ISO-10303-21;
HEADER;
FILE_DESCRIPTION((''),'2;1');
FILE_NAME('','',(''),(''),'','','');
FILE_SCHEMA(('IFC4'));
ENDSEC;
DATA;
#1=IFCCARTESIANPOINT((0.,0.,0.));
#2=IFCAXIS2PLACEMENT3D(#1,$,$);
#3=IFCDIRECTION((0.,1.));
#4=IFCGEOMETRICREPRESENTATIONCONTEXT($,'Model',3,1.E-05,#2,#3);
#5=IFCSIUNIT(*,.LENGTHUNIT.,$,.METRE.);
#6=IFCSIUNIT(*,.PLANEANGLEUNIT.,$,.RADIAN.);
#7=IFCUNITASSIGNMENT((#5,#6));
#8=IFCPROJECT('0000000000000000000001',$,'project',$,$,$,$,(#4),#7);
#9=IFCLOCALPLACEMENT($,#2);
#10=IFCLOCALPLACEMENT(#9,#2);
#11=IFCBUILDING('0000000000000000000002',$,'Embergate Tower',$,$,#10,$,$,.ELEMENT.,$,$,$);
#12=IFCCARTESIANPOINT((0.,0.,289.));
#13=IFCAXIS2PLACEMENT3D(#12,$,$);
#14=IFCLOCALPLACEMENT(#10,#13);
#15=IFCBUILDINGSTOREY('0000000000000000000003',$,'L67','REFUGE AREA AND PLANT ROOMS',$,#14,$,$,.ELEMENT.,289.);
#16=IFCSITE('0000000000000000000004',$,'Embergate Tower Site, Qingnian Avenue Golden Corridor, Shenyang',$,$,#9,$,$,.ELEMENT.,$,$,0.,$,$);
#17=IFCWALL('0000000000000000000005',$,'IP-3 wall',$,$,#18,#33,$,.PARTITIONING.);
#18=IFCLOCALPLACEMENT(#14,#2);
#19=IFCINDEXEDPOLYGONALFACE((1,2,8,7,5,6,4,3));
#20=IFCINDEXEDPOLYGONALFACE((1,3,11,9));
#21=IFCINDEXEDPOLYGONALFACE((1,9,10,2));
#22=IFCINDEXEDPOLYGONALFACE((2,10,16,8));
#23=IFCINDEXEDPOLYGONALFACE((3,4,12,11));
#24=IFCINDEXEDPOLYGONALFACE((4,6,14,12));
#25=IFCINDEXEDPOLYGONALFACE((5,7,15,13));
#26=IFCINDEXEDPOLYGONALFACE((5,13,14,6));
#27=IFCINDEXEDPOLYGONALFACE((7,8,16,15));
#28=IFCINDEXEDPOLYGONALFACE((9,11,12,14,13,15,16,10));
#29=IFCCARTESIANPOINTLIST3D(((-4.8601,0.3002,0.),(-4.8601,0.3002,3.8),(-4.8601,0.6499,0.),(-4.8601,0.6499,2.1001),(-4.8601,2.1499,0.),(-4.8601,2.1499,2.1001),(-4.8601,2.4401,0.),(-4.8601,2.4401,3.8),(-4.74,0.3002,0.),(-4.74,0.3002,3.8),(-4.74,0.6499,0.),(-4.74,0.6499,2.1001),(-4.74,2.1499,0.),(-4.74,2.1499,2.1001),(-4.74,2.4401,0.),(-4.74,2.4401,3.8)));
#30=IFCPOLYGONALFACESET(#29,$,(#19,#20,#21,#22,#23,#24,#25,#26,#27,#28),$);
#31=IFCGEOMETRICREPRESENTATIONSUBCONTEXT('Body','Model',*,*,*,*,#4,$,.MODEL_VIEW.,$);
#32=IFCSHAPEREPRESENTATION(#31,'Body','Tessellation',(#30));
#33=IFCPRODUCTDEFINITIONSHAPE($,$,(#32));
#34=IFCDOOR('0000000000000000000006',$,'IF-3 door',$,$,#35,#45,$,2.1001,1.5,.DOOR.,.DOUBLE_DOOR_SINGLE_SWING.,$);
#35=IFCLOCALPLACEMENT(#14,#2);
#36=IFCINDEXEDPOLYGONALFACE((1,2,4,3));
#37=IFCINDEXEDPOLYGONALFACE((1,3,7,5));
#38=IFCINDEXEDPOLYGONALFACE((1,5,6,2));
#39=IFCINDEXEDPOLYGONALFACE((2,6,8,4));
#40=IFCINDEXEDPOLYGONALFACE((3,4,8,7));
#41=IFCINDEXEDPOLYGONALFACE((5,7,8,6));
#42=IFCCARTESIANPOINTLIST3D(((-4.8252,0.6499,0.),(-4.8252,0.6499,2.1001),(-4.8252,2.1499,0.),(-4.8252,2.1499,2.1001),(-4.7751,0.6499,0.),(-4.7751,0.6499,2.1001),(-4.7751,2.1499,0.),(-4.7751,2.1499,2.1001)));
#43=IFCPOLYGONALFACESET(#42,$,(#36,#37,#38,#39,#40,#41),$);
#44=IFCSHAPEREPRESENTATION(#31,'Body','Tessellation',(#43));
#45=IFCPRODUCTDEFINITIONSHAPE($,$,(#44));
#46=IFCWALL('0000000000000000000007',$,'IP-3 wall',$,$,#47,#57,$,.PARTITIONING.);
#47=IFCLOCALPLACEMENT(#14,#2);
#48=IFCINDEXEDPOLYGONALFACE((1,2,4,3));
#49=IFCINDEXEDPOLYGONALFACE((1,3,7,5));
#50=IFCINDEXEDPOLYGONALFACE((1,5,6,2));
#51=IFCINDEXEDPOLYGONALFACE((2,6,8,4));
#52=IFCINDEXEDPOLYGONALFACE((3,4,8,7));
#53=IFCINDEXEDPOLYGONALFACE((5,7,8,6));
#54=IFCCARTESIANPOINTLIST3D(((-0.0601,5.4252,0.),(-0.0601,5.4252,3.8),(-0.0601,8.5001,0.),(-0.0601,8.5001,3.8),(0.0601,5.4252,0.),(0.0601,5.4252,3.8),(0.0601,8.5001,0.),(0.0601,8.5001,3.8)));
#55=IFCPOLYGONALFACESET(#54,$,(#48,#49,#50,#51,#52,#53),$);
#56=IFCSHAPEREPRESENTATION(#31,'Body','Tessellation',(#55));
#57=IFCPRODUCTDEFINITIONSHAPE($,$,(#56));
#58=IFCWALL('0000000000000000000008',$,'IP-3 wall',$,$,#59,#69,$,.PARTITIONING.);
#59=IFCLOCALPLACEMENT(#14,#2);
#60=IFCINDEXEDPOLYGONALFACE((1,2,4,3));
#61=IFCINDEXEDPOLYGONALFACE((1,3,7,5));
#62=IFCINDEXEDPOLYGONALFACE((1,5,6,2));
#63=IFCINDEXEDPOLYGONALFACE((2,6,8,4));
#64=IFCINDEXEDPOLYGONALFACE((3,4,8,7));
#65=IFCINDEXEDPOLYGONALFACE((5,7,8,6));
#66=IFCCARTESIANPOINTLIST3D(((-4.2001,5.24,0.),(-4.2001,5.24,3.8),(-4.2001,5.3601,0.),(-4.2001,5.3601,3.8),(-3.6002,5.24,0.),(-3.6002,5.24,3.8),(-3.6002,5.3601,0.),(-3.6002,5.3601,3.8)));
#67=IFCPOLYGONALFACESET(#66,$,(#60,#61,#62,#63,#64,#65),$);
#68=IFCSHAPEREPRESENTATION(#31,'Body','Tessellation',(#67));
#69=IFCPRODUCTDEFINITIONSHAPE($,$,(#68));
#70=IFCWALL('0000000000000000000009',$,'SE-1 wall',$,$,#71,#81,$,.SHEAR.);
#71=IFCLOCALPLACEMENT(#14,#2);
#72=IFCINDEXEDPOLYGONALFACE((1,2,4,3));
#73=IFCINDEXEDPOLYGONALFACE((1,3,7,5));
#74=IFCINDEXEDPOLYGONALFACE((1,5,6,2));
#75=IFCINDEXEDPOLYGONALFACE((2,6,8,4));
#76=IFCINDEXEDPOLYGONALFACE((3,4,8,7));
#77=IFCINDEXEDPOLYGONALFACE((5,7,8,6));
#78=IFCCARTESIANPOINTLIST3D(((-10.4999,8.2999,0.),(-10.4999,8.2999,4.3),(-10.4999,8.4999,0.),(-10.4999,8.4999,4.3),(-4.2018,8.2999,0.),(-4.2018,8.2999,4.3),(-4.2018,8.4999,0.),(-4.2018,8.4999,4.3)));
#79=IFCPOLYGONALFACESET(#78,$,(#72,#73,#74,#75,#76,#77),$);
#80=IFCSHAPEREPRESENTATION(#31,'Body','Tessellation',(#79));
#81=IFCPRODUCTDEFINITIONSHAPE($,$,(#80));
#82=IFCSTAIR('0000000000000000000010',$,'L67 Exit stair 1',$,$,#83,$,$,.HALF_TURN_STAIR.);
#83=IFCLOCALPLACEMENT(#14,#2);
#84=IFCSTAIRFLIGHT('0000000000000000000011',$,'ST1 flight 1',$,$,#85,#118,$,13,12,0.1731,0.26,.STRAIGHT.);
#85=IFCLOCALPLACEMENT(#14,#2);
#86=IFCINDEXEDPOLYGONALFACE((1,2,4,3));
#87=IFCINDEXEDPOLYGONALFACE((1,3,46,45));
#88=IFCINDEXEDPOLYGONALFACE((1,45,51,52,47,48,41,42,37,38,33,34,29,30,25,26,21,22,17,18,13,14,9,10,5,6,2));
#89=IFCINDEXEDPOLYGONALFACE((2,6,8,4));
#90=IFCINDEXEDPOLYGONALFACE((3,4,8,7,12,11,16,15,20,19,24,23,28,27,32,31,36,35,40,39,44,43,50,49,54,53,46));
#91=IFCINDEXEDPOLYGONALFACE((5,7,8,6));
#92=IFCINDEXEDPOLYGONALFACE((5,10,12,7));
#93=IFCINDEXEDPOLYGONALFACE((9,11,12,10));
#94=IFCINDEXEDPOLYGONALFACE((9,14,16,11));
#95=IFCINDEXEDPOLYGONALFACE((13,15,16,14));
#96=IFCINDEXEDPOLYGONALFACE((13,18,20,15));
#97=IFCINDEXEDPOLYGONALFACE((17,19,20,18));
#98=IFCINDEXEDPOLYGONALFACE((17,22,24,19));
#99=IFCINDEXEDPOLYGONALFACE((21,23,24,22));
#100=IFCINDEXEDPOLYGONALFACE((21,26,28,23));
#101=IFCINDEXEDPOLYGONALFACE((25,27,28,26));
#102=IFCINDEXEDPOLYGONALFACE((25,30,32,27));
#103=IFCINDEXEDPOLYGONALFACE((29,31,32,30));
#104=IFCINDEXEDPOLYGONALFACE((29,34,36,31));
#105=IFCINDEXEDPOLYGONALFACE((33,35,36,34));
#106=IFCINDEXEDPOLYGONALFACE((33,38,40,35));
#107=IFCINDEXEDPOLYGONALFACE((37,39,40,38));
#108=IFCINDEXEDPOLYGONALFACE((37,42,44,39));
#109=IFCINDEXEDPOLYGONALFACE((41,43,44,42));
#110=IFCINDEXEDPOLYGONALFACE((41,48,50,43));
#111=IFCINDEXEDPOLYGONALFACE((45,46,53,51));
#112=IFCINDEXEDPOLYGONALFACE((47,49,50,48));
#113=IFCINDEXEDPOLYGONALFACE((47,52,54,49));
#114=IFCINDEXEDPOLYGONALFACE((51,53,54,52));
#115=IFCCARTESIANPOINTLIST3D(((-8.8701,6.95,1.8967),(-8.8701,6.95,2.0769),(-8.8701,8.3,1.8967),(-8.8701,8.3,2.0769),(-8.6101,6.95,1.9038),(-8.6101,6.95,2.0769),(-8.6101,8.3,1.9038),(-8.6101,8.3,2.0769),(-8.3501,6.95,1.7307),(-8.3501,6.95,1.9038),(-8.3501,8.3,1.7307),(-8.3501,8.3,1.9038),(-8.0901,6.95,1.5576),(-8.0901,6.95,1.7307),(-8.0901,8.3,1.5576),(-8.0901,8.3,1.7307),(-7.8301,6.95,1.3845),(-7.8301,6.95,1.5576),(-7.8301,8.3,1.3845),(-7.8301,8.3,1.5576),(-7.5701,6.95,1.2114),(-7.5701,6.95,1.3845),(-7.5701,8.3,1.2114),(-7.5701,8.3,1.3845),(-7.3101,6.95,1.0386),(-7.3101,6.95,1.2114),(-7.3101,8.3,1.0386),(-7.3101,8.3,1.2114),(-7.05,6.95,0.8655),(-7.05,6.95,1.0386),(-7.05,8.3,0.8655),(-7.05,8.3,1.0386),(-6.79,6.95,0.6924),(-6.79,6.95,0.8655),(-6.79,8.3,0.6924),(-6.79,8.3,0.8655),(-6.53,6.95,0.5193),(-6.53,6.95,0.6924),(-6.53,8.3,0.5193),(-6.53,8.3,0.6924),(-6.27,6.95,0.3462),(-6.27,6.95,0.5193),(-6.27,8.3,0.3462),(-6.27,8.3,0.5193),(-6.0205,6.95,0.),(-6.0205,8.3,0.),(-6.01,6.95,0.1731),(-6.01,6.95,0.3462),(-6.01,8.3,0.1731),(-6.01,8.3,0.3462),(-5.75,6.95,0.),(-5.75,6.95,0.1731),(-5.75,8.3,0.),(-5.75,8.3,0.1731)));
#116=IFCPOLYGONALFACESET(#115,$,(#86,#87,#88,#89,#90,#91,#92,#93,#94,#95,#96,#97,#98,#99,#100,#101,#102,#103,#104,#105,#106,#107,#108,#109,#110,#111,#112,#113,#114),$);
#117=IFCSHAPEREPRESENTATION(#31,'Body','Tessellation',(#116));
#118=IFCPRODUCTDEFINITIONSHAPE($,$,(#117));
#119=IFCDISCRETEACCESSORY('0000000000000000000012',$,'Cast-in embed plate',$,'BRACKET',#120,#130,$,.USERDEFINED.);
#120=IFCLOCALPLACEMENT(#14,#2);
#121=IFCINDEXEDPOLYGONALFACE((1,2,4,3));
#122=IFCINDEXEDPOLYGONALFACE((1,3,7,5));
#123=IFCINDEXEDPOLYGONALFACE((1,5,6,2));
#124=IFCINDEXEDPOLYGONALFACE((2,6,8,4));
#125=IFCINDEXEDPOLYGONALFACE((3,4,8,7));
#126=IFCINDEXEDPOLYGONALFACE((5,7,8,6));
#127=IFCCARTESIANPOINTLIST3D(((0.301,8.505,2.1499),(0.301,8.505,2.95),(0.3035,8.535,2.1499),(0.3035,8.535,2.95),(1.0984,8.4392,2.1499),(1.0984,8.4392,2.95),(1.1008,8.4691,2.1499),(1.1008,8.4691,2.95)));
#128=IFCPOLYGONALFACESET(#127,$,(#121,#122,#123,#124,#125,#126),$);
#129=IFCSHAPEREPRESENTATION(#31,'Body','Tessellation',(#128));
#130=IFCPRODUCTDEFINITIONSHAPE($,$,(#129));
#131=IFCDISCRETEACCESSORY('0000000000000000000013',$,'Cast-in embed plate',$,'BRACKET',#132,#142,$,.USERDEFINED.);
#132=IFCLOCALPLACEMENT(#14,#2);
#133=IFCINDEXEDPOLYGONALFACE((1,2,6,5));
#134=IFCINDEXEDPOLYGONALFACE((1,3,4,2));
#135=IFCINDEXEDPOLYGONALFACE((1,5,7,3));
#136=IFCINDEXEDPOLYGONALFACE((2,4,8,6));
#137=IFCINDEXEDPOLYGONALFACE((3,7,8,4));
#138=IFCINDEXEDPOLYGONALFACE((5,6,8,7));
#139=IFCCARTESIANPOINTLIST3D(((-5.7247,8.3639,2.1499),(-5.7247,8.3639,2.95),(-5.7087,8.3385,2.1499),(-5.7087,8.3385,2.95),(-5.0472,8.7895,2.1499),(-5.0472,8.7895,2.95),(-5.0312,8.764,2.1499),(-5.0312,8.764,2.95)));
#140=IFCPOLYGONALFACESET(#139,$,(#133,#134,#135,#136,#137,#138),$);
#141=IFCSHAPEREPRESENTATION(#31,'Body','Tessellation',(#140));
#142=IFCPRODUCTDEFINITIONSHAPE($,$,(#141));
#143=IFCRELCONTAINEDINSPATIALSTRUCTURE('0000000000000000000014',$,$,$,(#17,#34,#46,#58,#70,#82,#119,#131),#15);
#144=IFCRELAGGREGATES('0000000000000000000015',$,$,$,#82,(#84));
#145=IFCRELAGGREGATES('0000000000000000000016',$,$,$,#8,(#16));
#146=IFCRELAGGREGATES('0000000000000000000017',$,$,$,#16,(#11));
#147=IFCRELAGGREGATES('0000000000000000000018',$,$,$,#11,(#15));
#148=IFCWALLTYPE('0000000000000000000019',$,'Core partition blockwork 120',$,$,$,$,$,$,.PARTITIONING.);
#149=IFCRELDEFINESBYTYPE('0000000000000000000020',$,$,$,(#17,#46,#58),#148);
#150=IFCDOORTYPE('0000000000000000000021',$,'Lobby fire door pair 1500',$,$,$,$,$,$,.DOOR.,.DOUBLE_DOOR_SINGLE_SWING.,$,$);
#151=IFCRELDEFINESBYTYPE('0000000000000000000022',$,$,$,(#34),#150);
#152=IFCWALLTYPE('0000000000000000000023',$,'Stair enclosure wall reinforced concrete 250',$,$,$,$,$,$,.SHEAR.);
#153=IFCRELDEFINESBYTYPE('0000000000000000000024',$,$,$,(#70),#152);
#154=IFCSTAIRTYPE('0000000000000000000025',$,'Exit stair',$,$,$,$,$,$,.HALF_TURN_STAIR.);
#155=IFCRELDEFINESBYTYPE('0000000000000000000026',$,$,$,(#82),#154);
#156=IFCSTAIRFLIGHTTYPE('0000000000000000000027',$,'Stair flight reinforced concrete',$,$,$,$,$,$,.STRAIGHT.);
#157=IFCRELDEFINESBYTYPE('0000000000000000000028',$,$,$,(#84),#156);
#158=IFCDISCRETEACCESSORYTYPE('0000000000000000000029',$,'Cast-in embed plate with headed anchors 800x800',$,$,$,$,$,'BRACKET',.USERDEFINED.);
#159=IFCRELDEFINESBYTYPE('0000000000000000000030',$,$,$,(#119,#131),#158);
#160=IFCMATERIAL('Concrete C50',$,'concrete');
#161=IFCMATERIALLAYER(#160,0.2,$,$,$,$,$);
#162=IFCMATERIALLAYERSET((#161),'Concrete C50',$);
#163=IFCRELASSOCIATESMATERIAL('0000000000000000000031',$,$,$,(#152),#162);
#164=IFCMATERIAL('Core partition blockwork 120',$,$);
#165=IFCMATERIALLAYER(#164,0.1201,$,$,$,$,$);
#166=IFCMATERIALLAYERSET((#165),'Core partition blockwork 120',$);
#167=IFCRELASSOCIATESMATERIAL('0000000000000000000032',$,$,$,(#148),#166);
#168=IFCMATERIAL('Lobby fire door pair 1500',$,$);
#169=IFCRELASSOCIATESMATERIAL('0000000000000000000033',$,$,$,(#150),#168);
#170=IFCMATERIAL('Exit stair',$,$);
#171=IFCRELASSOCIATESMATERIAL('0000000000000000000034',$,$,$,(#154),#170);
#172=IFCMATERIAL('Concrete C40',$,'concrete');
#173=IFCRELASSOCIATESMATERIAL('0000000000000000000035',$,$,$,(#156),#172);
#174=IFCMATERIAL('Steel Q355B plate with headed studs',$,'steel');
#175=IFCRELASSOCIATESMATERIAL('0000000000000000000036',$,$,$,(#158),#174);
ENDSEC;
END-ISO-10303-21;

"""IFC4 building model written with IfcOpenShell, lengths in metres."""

from ifc_helpers import new_model, si_unit, direction, frame, frame_2d, origin, origin_2d, place, context, subcontext, project, spatial, polyline, rectangle, outline, extrude, source, transform, mapped, material, layer, layer_set, type_object, element, fill, aggregate, save


model = new_model("IFC4")

# Units and contexts
model_context = context("Model", 3, precision=1e-05, world=origin(), true_north=direction((0.0, 1.0)))
body_context = subcontext(model_context, "Body", "Model", "MODEL_VIEW")
ifc_project = project(units=[si_unit("LENGTHUNIT", "METRE"), si_unit("PLANEANGLEUNIT", "RADIAN")], contexts=[model_context])

# Site, building, storey
site_placement = place(None, origin())
site = spatial("IfcSite", under=ifc_project, at=site_placement, Name="Embergate Tower Site, Qingnian Avenue Golden Corridor, Shenyang", CompositionType="ELEMENT", RefElevation=0.0)
building_placement = place(site_placement, origin())
building = spatial("IfcBuilding", under=site, at=building_placement, Name="Embergate Tower", CompositionType="ELEMENT")
storey_placement = place(building_placement, frame((0.0, 0.0, 289.0)))
storey = spatial("IfcBuildingStorey", under=building, at=storey_placement, Name="L67", Description="REFUGE AREA AND PLANT ROOMS", CompositionType="ELEMENT", Elevation=289.0)

# Shared definitions
ifc_material_1 = material(Name="Concrete C50", Category="concrete")

# Shared definitions
ifc_layer_1 = layer(ifc_material_1, 0.2)
ifc_layer_set_1 = layer_set([ifc_layer_1], Name="Concrete C50")
wall_type_1 = type_object("IfcWallType", Name="Stair enclosure wall reinforced concrete 250", PredefinedType="SHEAR", material=ifc_layer_set_1)

# Wall, opening, door
ifc_material_2 = material(Name="Core partition blockwork 120")
ifc_layer_2 = layer(ifc_material_2, 0.1201)
ifc_layer_set_2 = layer_set([ifc_layer_2], Name="Core partition blockwork 120")
wall_type_2 = type_object("IfcWallType", Name="Core partition blockwork 120", PredefinedType="PARTITIONING", material=ifc_layer_set_2)
shared_shape_1 = source(origin(), body_context, "Body", "SweptSolid", [
    extrude(rectangle(XDim=2.1399, YDim=0.1201, at=frame_2d((1.0698, 0.0))), origin(), (0.0, 0.0, 1.0), 3.8),
])
wall_1_placement = place(storey_placement, frame((-4.8, 2.4399, 0.0), z_axis=(0.0, 0.0, 1.0), x_axis=(0.0, -1.0, 0.0)))
wall_1 = element("IfcWall", 1, at=wall_1_placement, inside=storey, type_object=wall_type_2, Name="IP-3 wall", PredefinedType="PARTITIONING", context=body_context, shape_type="MappedRepresentation", body=[
    mapped(shared_shape_1, transform((0.0, 0.0, 0.0))),
])
shared_shape_2 = source(origin(), body_context, "Body", "SweptSolid", [
    extrude(rectangle(XDim=1.5, YDim=2.1001, at=frame_2d((0.75, 1.05))), frame((0.0, 0.0701, 0.0), z_axis=(0.0, -1.0, 0.0), x_axis=(1.0, 0.0, 0.0)), (0.0, 0.0, 1.0), 0.1401),
])
opening_1_placement = place(wall_1_placement, frame((0.29, 0.0, 0.0)))
opening_1 = element("IfcOpeningElement", 2, at=opening_1_placement, cuts=wall_1, PredefinedType="OPENING", context=body_context, shape_type="MappedRepresentation", body=[
    mapped(shared_shape_2, transform((0.0, 0.0, 0.0))),
])
ifc_material_3 = material(Name="Lobby fire door pair 1500")
door_type_1 = type_object("IfcDoorType", Name="Lobby fire door pair 1500", OperationType="DOUBLE_DOOR_SINGLE_SWING", PredefinedType="DOOR", material=ifc_material_3)
shared_shape_3 = source(origin(), body_context, "Body", "SweptSolid", [
    extrude(rectangle(XDim=1.5, YDim=2.1001, at=frame_2d((0.75, 1.05))), frame((0.0, 0.0249, 0.0), z_axis=(0.0, -1.0, 0.0), x_axis=(1.0, 0.0, 0.0)), (0.0, 0.0, 1.0), 0.05),
])
door_1_placement = place(opening_1_placement, origin())
door_1 = element("IfcDoor", 3, at=door_1_placement, inside=storey, type_object=door_type_1, Name="IF-3 door", OperationType="DOUBLE_DOOR_SINGLE_SWING", OverallHeight=2.1001, OverallWidth=1.5, PredefinedType="DOOR", context=body_context, shape_type="MappedRepresentation", body=[
    mapped(shared_shape_3, transform((0.0, 0.0, 0.0))),
])
fill(opening_1, door_1)

# Walls
shared_shape_4 = source(origin(), body_context, "Body", "SweptSolid", [
    extrude(rectangle(XDim=3.075, YDim=0.1201, at=frame_2d((1.5376, 0.0))), origin(), (0.0, 0.0, 1.0), 3.8),
])
wall_2_placement = place(storey_placement, frame((0.0, 5.425, 0.0), z_axis=(0.0, 0.0, 1.0), x_axis=(0.0, 1.0, 0.0)))
element("IfcWall", 4, at=wall_2_placement, inside=storey, type_object=wall_type_2, Name="IP-3 wall", PredefinedType="PARTITIONING", context=body_context, shape_type="MappedRepresentation", body=[
    mapped(shared_shape_4, transform((0.0, 0.0, 0.0))),
])
shared_shape_5 = source(origin(), body_context, "Body", "SweptSolid", [
    extrude(rectangle(XDim=0.5999, YDim=0.1201, at=frame_2d((0.2998, 0.0))), origin(), (0.0, 0.0, 1.0), 3.8),
])
wall_3_placement = place(storey_placement, frame((-4.2, 5.3, 0.0), z_axis=(0.0, 0.0, 1.0), x_axis=(1.0, 0.0, 0.0)))
element("IfcWall", 5, at=wall_3_placement, inside=storey, type_object=wall_type_2, Name="IP-3 wall", PredefinedType="PARTITIONING", context=body_context, shape_type="MappedRepresentation", body=[
    mapped(shared_shape_5, transform((0.0, 0.0, 0.0))),
])
shared_shape_6 = source(origin(), body_context, "Body", "SweptSolid", [
    extrude(rectangle(XDim=6.2981, YDim=0.2, at=frame_2d((3.1489, 0.0))), origin(), (0.0, 0.0, 1.0), 4.3),
])
wall_4_placement = place(storey_placement, frame((-4.2019, 8.3999, 0.0), z_axis=(0.0, 0.0, 1.0), x_axis=(-1.0, 0.0, 0.0)))
element("IfcWall", 6, at=wall_4_placement, inside=storey, type_object=wall_type_1, Name="SE-1 wall", PredefinedType="SHEAR", context=body_context, shape_type="MappedRepresentation", body=[
    mapped(shared_shape_6, transform((0.0, 0.0, 0.0))),
])

# Stair, stair flight
ifc_material_4 = material(Name="Exit stair")
stair_type = type_object("IfcStairType", Name="Exit stair", PredefinedType="HALF_TURN_STAIR", material=ifc_material_4)
stair_placement = place(storey_placement, origin())
stair = element("IfcStair", 7, at=stair_placement, inside=storey, type_object=stair_type, Name="L67 Exit stair 1", PredefinedType="HALF_TURN_STAIR")
ifc_material_5 = material(Name="Concrete C40", Category="concrete")
stair_flight_type = type_object("IfcStairFlightType", Name="Stair flight reinforced concrete", PredefinedType="STRAIGHT", material=ifc_material_5)
shared_shape_7 = source(origin(), body_context, "Body", "SweptSolid", [
    extrude(outline(polyline([(0.0, 0.0), (0.0, 0.1731), (0.26, 0.1731), (0.26, 0.3462), (0.52, 0.3462), (0.52, 0.5193), (0.78, 0.5193), (0.78, 0.6924), (1.04, 0.6924), (1.04, 0.8655), (1.3, 0.8655), (1.3, 1.0386), (1.5601, 1.0386), (1.5601, 1.2114), (1.8201, 1.2114), (1.8201, 1.3845), (2.0801, 1.3845), (2.0801, 1.5576), (2.3401, 1.5576), (2.3401, 1.7307), (2.6001, 1.7307), (2.6001, 1.9038), (2.8601, 1.9038), (2.8601, 2.0769), (3.1201, 2.0769), (3.1201, 2.25), (3.1201, 1.8967), (0.2705, 0.0), (0.0, 0.0)])), frame((0.0, 0.675, 0.0), z_axis=(0.0, -1.0, 0.0), x_axis=(1.0, 0.0, 0.0)), (0.0, 0.0, 1.0), 1.3501),
])
stair_flight_placement = place(storey_placement, frame((-5.75, 7.625, 0.0), z_axis=(0.0, 0.0, 1.0), x_axis=(-1.0, 0.0, 0.0)))
stair_flight = element("IfcStairFlight", 8, at=stair_flight_placement, type_object=stair_flight_type, Name="ST1 flight 1", NumberOfRisers=13, NumberOfTreads=12, PredefinedType="STRAIGHT", RiserHeight=0.1731, TreadLength=0.26, context=body_context, shape_type="MappedRepresentation", body=[
    mapped(shared_shape_7, transform((0.0, 0.0, 0.0))),
])
aggregate(stair, [stair_flight])

# Discrete accessories
ifc_material_6 = material(Name="Steel Q355B plate with headed studs", Category="steel")
discrete_accessory_type = type_object("IfcDiscreteAccessoryType", Name="Cast-in embed plate with headed anchors 800x800", ElementType="BRACKET", PredefinedType="USERDEFINED", material=ifc_material_6)
shared_shape_8 = source(origin(), body_context, "Body", "SweptSolid", [
    extrude(rectangle(XDim=0.03, YDim=0.8, at=origin_2d()), origin(), (0.0, 0.0, 1.0), 0.8),
])
for number, where, z_axis, x_axis, name in (
    (9, (0.7009, 8.4871, 2.1499), (0.0, 0.0, 1.0), (0.082339, 0.996604, 0.0), "Cast-in embed plate"),
    (10, (-5.3779, 8.564, 2.1499), (0.0, 0.0, 1.0), (-0.531901, 0.846806, 0.0), "Cast-in embed plate"),
):
    element("IfcDiscreteAccessory", number, at=place(storey_placement, frame(where, z_axis=z_axis, x_axis=x_axis)), inside=storey, type_object=discrete_accessory_type, Name=name, ObjectType="BRACKET", PredefinedType="USERDEFINED", context=body_context, shape_type="MappedRepresentation", body=[
        mapped(shared_shape_8, transform((0.0, 0.0, 0.0))),
    ])

save(model, "model.ifc")
